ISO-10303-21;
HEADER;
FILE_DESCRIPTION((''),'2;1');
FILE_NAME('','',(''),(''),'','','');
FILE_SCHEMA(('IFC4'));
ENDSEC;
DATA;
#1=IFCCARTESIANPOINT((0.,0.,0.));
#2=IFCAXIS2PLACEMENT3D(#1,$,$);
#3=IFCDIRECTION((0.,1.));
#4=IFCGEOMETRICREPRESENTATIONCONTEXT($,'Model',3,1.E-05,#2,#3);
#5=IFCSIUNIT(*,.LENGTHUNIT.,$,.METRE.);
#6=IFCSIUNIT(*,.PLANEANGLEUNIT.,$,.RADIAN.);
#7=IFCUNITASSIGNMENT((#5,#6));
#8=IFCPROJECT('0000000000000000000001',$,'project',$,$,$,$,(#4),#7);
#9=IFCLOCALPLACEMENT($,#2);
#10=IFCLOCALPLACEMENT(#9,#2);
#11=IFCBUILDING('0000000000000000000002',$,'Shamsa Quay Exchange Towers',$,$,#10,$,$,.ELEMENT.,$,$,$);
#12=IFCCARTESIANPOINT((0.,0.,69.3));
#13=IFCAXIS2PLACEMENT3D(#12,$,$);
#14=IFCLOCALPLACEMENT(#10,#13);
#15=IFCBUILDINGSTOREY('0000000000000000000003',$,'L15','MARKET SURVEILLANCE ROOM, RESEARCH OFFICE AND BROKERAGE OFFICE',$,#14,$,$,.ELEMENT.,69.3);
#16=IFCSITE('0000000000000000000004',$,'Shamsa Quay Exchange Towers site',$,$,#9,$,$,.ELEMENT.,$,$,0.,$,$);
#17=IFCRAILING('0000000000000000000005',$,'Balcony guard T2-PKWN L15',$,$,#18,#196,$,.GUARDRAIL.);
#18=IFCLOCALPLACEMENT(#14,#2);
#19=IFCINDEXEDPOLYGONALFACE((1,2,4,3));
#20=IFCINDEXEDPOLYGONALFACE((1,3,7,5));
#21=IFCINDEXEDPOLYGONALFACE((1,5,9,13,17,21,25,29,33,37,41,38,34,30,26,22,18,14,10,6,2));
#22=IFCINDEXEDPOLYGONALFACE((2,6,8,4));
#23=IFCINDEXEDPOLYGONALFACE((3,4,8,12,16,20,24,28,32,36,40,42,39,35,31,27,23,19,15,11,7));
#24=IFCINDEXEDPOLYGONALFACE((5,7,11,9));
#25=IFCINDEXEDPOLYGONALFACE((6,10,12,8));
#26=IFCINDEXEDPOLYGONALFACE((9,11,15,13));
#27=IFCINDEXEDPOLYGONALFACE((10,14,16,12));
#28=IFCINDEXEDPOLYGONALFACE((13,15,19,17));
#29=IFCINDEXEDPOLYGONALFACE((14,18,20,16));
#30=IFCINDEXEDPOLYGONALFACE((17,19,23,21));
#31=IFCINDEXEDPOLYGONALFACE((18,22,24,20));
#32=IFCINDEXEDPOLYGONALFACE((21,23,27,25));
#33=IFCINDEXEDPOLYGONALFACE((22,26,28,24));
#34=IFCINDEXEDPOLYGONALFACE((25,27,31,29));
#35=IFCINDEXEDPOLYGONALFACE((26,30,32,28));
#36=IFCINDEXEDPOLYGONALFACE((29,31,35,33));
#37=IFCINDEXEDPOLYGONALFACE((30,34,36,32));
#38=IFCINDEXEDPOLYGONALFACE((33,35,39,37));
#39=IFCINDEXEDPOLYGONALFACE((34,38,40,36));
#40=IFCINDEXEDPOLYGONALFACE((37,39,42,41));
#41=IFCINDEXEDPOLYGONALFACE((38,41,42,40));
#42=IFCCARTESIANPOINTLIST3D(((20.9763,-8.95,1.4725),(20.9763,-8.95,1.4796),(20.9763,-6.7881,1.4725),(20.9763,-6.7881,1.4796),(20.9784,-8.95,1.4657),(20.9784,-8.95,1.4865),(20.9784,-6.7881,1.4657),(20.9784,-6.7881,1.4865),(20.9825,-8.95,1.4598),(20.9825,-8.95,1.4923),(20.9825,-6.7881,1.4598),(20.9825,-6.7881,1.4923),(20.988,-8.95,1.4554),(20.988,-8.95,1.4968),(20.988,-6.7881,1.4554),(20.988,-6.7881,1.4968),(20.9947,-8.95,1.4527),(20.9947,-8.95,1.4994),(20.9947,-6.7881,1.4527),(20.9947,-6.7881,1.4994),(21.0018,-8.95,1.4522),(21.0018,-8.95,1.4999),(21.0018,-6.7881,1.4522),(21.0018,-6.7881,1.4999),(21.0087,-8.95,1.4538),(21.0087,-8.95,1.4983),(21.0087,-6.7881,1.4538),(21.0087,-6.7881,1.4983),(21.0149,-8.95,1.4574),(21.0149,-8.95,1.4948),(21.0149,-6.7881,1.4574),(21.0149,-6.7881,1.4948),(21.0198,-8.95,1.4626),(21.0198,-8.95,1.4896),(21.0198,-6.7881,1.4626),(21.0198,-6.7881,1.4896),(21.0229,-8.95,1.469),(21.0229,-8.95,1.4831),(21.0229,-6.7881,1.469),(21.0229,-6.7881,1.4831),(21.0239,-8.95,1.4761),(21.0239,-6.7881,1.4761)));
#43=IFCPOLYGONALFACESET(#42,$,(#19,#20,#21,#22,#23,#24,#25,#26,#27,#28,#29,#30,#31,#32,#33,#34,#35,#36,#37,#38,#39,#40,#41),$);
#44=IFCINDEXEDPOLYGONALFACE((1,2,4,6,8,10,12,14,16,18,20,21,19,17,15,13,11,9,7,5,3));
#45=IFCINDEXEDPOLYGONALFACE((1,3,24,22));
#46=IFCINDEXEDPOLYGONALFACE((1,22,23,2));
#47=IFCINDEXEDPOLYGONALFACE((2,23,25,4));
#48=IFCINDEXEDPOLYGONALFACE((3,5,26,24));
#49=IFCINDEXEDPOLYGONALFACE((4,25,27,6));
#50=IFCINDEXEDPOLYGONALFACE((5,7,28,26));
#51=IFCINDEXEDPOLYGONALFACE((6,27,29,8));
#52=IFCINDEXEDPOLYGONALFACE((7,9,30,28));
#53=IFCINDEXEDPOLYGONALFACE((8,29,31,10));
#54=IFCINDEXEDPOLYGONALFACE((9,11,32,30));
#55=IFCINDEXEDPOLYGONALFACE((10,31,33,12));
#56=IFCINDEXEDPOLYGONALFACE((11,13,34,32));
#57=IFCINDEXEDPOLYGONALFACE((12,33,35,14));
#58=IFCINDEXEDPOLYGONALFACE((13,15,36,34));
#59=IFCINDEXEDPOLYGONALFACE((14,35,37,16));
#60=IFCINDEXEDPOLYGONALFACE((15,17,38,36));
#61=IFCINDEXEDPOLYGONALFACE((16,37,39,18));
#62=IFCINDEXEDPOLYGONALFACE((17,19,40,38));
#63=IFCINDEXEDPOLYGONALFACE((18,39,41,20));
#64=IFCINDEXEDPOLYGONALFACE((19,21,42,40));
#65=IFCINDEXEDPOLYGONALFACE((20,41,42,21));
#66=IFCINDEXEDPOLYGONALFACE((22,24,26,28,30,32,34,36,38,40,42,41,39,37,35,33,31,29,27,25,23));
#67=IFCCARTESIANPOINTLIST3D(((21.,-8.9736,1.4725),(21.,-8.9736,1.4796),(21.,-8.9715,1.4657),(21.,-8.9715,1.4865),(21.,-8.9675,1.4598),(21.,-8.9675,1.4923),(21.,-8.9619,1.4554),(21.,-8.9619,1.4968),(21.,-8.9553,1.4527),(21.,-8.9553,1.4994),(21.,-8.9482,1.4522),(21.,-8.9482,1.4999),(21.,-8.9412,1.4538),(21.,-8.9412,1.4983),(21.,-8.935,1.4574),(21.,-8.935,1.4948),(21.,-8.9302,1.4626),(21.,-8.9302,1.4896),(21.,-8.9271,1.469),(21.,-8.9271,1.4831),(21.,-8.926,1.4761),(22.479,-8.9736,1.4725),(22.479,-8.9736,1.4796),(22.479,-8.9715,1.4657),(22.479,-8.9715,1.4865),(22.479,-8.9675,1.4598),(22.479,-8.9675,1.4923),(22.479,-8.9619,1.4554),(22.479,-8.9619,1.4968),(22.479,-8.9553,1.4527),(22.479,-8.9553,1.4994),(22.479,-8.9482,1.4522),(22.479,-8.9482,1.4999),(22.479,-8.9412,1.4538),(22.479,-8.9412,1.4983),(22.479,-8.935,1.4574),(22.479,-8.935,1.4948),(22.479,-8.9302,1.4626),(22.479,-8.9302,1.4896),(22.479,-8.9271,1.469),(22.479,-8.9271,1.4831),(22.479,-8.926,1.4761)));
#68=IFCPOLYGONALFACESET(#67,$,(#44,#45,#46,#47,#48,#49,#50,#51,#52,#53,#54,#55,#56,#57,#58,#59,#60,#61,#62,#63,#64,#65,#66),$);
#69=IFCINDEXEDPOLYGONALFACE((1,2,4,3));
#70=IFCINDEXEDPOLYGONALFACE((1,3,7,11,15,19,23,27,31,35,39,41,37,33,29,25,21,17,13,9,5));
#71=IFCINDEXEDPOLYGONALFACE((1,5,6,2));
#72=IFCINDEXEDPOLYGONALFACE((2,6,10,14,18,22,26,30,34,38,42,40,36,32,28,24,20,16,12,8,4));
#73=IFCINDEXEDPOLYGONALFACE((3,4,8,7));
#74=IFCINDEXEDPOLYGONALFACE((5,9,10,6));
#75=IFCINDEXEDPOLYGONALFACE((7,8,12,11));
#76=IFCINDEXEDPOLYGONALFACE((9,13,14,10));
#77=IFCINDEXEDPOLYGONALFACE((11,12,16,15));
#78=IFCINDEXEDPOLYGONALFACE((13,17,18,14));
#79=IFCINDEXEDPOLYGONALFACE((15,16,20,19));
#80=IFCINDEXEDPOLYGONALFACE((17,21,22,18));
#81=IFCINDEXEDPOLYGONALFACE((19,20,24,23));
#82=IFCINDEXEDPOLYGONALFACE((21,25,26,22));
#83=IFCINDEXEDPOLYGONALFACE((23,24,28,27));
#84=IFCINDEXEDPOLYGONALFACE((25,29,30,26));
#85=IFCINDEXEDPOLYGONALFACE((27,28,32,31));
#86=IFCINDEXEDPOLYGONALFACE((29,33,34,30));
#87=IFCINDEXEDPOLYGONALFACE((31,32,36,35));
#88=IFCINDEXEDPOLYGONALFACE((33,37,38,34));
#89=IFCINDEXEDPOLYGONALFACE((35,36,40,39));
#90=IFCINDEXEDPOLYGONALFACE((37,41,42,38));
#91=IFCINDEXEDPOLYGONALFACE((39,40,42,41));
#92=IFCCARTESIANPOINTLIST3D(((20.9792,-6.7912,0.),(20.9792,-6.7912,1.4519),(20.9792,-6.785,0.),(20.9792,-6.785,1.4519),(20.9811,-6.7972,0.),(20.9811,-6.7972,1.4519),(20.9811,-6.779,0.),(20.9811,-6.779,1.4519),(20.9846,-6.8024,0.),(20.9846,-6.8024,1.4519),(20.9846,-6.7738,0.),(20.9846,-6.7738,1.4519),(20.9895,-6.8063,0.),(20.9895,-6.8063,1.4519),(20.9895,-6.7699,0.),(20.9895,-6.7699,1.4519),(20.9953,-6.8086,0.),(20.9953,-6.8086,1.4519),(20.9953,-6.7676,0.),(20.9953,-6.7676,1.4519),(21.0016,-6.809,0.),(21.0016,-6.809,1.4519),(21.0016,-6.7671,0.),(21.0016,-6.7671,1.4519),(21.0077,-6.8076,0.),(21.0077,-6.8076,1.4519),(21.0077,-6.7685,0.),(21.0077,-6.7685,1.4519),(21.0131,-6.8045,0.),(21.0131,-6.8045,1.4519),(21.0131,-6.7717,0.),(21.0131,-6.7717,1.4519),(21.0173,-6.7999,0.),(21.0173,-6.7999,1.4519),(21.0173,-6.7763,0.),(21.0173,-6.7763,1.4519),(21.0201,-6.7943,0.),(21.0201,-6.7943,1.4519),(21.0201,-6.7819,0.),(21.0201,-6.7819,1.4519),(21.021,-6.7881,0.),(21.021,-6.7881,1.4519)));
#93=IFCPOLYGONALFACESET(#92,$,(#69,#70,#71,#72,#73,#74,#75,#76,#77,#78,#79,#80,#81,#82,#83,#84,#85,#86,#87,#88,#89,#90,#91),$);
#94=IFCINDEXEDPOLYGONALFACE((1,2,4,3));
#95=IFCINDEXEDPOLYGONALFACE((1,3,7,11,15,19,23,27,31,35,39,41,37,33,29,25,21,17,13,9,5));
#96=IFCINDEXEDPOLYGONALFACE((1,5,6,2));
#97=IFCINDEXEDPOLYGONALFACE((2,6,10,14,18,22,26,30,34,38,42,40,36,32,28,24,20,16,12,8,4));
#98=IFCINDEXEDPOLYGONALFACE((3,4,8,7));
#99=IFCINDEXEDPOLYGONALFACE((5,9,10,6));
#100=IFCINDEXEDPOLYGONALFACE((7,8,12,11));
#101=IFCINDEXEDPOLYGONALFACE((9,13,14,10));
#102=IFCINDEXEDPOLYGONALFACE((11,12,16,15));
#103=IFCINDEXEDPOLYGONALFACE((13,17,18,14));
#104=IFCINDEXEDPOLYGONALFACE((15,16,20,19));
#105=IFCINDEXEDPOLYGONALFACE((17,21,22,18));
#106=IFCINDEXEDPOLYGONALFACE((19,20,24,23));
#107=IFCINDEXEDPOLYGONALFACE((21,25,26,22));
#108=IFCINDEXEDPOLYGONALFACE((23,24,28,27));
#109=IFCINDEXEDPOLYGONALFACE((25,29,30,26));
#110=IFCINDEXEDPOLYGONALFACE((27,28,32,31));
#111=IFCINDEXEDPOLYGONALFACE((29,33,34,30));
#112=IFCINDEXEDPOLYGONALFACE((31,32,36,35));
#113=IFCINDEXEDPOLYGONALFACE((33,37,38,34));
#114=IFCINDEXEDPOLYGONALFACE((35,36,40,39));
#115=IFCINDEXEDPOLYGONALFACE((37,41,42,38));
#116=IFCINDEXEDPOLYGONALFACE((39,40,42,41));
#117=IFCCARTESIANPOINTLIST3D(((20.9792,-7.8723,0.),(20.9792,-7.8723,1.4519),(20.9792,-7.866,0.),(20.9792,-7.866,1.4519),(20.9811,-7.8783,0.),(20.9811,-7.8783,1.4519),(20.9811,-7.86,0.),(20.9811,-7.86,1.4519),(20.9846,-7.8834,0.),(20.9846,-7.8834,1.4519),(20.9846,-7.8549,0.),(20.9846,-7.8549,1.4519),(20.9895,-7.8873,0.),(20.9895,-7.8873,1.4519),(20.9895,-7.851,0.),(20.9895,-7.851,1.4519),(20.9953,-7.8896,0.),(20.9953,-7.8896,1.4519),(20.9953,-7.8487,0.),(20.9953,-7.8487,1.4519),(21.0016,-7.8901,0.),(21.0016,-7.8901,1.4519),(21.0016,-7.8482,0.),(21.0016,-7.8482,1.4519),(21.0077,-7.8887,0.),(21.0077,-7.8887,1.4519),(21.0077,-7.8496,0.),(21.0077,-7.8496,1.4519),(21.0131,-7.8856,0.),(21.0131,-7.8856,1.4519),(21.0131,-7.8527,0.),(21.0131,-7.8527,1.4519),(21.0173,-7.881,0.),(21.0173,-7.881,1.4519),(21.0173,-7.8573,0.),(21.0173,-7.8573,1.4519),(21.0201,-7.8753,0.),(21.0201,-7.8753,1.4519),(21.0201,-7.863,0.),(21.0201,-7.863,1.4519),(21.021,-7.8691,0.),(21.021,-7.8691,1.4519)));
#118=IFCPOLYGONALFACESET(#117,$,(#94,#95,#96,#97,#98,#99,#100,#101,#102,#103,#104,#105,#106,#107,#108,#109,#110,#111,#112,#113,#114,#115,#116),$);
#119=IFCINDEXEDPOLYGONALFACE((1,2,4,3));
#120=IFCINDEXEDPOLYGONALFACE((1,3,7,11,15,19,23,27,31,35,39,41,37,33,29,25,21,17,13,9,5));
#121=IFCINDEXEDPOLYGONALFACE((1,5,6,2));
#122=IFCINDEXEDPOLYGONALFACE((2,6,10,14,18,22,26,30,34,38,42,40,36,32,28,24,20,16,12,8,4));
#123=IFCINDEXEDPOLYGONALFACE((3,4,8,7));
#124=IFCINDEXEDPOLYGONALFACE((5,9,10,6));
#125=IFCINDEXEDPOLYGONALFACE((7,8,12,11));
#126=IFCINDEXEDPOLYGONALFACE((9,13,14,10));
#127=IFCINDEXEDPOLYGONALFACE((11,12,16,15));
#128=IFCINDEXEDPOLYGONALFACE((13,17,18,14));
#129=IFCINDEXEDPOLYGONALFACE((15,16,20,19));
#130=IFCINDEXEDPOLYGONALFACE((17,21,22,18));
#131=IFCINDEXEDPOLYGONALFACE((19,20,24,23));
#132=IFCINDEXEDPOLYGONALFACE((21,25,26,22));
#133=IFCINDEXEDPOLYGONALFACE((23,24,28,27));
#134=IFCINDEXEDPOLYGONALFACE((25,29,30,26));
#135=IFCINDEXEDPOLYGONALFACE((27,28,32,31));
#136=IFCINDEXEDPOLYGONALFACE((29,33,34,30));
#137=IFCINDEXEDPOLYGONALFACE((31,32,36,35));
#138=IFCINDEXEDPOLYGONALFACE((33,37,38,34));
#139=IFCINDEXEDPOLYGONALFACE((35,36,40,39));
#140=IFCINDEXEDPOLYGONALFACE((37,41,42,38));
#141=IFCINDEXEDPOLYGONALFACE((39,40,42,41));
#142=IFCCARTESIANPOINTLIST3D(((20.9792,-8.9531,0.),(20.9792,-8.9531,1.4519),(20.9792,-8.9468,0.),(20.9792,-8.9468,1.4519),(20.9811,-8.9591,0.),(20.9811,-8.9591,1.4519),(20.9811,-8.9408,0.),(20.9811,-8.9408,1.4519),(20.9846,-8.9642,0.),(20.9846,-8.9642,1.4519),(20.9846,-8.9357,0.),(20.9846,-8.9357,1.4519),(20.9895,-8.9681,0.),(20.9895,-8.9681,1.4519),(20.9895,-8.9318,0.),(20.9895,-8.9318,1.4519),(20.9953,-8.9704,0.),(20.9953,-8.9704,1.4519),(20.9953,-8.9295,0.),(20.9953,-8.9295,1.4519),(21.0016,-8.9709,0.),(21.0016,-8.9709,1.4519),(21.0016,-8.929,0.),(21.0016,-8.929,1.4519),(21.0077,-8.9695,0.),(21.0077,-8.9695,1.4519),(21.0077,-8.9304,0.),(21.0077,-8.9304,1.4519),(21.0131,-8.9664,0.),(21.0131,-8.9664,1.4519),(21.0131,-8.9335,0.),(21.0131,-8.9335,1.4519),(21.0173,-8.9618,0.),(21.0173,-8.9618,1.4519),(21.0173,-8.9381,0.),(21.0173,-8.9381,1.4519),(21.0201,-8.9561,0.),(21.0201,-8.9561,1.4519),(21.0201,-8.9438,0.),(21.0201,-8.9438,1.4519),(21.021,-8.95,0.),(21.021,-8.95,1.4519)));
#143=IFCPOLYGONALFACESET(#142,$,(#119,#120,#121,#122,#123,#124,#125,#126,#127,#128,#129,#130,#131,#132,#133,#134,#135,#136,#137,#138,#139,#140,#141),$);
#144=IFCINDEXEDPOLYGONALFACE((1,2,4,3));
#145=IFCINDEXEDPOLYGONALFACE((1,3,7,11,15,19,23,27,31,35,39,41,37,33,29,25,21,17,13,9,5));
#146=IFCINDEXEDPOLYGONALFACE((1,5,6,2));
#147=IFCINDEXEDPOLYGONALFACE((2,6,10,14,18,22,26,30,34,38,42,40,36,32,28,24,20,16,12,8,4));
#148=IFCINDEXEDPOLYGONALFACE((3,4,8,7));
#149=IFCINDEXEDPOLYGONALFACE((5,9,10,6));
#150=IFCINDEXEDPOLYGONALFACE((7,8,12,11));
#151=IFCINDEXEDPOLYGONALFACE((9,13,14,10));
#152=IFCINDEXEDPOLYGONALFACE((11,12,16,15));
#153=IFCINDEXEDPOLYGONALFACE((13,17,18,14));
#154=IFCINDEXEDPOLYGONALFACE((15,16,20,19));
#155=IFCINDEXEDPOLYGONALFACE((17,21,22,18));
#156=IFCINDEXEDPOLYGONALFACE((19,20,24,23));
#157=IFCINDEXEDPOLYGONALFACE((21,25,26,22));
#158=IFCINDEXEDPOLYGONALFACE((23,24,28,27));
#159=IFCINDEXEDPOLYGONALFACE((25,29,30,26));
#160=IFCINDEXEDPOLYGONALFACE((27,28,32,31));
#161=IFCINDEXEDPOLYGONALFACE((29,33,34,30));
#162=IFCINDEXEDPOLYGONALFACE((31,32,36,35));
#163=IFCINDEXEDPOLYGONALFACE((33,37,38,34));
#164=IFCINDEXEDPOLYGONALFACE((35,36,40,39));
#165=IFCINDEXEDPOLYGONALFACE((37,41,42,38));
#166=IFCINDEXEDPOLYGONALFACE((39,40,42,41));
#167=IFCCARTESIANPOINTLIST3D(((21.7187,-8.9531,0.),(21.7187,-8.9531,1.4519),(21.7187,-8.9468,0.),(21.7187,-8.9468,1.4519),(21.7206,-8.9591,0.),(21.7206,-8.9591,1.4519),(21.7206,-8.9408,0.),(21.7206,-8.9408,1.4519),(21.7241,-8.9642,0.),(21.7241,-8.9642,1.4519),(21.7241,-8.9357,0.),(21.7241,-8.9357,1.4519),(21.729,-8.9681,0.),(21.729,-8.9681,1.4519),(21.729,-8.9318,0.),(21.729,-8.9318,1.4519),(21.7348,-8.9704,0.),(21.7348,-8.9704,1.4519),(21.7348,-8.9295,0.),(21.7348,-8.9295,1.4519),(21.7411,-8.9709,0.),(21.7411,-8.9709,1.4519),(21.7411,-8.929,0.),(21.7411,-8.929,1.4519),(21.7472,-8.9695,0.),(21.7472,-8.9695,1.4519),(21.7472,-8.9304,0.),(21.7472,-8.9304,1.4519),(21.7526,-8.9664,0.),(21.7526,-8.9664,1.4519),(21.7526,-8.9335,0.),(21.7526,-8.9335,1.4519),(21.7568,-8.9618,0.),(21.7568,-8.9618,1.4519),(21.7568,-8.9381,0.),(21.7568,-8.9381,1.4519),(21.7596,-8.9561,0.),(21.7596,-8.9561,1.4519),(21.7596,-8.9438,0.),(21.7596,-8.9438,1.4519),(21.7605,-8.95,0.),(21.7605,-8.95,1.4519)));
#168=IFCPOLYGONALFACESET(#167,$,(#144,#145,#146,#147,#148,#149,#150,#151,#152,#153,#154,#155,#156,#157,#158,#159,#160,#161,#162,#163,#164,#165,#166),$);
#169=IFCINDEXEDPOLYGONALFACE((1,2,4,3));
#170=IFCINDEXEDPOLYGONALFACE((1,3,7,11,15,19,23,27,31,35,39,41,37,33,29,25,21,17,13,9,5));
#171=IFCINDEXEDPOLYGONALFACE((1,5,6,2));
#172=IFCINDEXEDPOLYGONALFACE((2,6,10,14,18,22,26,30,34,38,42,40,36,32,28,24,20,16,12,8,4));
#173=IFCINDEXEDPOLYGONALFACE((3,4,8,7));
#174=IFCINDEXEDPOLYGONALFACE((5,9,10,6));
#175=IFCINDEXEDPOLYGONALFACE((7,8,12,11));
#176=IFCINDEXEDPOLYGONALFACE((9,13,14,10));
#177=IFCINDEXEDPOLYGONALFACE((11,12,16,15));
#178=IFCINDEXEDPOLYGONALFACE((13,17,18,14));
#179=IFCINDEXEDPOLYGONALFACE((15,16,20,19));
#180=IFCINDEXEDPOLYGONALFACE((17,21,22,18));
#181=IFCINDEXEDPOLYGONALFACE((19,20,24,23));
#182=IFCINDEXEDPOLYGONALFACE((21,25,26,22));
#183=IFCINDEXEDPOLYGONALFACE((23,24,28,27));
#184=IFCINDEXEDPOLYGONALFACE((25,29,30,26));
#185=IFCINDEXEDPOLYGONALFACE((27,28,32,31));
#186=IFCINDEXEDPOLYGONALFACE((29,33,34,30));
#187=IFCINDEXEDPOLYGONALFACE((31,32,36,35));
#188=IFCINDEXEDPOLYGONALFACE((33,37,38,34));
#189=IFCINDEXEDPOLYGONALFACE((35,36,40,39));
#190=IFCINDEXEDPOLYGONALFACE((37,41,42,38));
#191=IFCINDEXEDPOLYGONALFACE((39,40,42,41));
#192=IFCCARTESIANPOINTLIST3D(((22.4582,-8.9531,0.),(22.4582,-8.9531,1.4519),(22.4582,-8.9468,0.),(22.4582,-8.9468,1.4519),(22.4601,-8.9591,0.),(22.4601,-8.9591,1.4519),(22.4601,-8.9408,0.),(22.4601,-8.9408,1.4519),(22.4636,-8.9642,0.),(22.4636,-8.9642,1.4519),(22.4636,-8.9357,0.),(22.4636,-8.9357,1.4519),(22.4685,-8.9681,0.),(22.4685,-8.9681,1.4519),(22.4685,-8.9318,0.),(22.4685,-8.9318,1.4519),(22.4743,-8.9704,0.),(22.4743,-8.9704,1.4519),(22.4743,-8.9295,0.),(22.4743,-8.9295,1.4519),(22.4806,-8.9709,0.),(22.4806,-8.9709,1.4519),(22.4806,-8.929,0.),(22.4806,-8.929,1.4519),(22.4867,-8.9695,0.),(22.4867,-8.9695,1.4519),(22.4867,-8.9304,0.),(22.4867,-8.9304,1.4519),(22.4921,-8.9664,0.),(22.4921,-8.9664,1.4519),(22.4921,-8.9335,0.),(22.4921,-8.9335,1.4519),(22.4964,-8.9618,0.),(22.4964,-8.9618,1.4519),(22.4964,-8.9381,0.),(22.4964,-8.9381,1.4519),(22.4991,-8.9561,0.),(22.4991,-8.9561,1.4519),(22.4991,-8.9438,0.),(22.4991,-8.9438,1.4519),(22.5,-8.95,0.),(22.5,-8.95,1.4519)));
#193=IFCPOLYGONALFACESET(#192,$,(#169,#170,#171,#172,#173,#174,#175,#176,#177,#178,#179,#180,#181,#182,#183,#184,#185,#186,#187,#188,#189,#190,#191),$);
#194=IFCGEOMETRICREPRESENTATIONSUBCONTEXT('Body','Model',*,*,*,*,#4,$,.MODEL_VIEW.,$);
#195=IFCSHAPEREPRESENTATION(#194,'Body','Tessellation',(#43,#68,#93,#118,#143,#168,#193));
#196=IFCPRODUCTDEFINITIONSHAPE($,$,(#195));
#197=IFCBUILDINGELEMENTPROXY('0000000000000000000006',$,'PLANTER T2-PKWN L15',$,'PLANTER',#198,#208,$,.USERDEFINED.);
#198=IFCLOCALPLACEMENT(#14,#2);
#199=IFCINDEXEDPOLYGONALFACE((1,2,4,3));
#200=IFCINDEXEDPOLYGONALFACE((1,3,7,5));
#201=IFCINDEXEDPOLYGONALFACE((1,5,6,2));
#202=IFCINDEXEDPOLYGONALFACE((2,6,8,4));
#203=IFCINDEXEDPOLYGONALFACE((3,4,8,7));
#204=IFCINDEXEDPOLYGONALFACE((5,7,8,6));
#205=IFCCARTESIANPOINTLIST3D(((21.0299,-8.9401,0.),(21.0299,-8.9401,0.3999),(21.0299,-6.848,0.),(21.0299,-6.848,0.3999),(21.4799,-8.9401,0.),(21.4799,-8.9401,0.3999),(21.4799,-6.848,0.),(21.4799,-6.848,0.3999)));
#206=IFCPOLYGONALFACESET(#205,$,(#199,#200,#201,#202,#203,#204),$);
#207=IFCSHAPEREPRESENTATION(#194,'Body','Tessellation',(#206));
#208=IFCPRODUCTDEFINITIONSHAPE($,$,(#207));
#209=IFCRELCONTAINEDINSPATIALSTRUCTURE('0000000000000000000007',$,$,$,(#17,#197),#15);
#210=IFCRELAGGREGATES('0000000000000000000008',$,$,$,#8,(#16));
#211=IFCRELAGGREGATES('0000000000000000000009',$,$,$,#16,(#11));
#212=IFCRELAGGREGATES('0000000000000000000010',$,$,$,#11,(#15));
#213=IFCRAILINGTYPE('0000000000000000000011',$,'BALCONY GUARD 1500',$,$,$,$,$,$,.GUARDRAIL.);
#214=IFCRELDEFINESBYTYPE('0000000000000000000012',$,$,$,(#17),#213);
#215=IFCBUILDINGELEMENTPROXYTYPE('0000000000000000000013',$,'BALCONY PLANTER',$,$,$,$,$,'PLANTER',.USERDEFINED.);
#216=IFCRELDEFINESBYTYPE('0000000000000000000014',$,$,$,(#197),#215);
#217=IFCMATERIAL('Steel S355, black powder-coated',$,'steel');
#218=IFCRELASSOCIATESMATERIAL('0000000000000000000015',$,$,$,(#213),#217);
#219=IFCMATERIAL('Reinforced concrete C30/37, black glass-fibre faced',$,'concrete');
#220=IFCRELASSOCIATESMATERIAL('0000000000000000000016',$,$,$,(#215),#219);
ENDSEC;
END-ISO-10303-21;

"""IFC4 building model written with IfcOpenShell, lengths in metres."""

from ifc_helpers import new_model, si_unit, direction, frame, origin, origin_2d, place, context, subcontext, project, spatial, rectangle, circle, extrude, material, type_object, element, save


model = new_model("IFC4")

# Units and contexts
model_context = context("Model", 3, precision=1e-05, world=origin(), true_north=direction((0.0, 1.0)))
body_context = subcontext(model_context, "Body", "Model", "MODEL_VIEW")
ifc_project = project(units=[si_unit("LENGTHUNIT", "METRE"), si_unit("PLANEANGLEUNIT", "RADIAN")], contexts=[model_context])

# Site, building, storey
site_placement = place(None, origin())
site = spatial("IfcSite", under=ifc_project, at=site_placement, Name="Shamsa Quay Exchange Towers site", CompositionType="ELEMENT", RefElevation=0.0)
building_placement = place(site_placement, origin())
building = spatial("IfcBuilding", under=site, at=building_placement, Name="Shamsa Quay Exchange Towers", CompositionType="ELEMENT")
storey_placement = place(building_placement, frame((0.0, 0.0, 69.3)))
storey = spatial("IfcBuildingStorey", under=building, at=storey_placement, Name="L15", Description="MARKET SURVEILLANCE ROOM, RESEARCH OFFICE AND BROKERAGE OFFICE", CompositionType="ELEMENT", Elevation=69.3)

# Railing
ifc_material_1 = material(Name="Steel S355, black powder-coated", Category="steel")
railing_type_1 = type_object("IfcRailingType", Name="BALCONY GUARD 1500", PredefinedType="GUARDRAIL", material=ifc_material_1)
railing_1_placement = place(storey_placement, frame((21.0, -6.7881, 0.0)))
element("IfcRailing", 1, at=railing_1_placement, inside=storey, type_object=railing_type_1, Name="Balcony guard T2-PKWN L15", PredefinedType="GUARDRAIL", context=body_context, shape_type="SweptSolid", body=[
    extrude(circle(Radius=0.0239, at=origin_2d()), frame((0.0, 0.0, 1.4761), z_axis=(0.0, -1.0, 0.0), x_axis=(1.0, 0.0, 0.0)), (0.0, 0.0, 1.0), 2.1619),
    extrude(circle(Radius=0.0239, at=origin_2d()), frame((0.0, -2.1619, 1.4761), z_axis=(1.0, 0.0, 0.0), x_axis=(0.0, 1.0, 0.0)), (0.0, 0.0, 1.0), 1.479),
    extrude(circle(Radius=0.021, at=origin_2d()), origin(), (0.0, 0.0, 1.0), 1.4519),
    extrude(circle(Radius=0.021, at=origin_2d()), frame((0.0, -1.0811, 0.0)), (0.0, 0.0, 1.0), 1.4519),
    extrude(circle(Radius=0.021, at=origin_2d()), frame((0.0, -2.1619, 0.0)), (0.0, 0.0, 1.0), 1.4519),
    extrude(circle(Radius=0.021, at=origin_2d()), frame((0.7395, -2.1619, 0.0)), (0.0, 0.0, 1.0), 1.4519),
    extrude(circle(Radius=0.021, at=origin_2d()), frame((1.479, -2.1619, 0.0)), (0.0, 0.0, 1.0), 1.4519),
])

# Building element proxy
ifc_material_2 = material(Name="Reinforced concrete C30/37, black glass-fibre faced", Category="concrete")
building_element_proxy_type = type_object("IfcBuildingElementProxyType", Name="BALCONY PLANTER", ElementType="PLANTER", PredefinedType="USERDEFINED", material=ifc_material_2)
proxy_placement = place(storey_placement, frame((21.2549, -7.894, 0.0), z_axis=(0.0, 0.0, 1.0), x_axis=(0.0, -1.0, 0.0)))
element("IfcBuildingElementProxy", 2, at=proxy_placement, inside=storey, type_object=building_element_proxy_type, Name="PLANTER T2-PKWN L15", ObjectType="PLANTER", PredefinedType="USERDEFINED", context=body_context, shape_type="SweptSolid", body=[
    extrude(rectangle(XDim=2.092, YDim=0.45, at=origin_2d()), origin(), (0.0, 0.0, 1.0), 0.3999),
])

save(model, "model.ifc")
